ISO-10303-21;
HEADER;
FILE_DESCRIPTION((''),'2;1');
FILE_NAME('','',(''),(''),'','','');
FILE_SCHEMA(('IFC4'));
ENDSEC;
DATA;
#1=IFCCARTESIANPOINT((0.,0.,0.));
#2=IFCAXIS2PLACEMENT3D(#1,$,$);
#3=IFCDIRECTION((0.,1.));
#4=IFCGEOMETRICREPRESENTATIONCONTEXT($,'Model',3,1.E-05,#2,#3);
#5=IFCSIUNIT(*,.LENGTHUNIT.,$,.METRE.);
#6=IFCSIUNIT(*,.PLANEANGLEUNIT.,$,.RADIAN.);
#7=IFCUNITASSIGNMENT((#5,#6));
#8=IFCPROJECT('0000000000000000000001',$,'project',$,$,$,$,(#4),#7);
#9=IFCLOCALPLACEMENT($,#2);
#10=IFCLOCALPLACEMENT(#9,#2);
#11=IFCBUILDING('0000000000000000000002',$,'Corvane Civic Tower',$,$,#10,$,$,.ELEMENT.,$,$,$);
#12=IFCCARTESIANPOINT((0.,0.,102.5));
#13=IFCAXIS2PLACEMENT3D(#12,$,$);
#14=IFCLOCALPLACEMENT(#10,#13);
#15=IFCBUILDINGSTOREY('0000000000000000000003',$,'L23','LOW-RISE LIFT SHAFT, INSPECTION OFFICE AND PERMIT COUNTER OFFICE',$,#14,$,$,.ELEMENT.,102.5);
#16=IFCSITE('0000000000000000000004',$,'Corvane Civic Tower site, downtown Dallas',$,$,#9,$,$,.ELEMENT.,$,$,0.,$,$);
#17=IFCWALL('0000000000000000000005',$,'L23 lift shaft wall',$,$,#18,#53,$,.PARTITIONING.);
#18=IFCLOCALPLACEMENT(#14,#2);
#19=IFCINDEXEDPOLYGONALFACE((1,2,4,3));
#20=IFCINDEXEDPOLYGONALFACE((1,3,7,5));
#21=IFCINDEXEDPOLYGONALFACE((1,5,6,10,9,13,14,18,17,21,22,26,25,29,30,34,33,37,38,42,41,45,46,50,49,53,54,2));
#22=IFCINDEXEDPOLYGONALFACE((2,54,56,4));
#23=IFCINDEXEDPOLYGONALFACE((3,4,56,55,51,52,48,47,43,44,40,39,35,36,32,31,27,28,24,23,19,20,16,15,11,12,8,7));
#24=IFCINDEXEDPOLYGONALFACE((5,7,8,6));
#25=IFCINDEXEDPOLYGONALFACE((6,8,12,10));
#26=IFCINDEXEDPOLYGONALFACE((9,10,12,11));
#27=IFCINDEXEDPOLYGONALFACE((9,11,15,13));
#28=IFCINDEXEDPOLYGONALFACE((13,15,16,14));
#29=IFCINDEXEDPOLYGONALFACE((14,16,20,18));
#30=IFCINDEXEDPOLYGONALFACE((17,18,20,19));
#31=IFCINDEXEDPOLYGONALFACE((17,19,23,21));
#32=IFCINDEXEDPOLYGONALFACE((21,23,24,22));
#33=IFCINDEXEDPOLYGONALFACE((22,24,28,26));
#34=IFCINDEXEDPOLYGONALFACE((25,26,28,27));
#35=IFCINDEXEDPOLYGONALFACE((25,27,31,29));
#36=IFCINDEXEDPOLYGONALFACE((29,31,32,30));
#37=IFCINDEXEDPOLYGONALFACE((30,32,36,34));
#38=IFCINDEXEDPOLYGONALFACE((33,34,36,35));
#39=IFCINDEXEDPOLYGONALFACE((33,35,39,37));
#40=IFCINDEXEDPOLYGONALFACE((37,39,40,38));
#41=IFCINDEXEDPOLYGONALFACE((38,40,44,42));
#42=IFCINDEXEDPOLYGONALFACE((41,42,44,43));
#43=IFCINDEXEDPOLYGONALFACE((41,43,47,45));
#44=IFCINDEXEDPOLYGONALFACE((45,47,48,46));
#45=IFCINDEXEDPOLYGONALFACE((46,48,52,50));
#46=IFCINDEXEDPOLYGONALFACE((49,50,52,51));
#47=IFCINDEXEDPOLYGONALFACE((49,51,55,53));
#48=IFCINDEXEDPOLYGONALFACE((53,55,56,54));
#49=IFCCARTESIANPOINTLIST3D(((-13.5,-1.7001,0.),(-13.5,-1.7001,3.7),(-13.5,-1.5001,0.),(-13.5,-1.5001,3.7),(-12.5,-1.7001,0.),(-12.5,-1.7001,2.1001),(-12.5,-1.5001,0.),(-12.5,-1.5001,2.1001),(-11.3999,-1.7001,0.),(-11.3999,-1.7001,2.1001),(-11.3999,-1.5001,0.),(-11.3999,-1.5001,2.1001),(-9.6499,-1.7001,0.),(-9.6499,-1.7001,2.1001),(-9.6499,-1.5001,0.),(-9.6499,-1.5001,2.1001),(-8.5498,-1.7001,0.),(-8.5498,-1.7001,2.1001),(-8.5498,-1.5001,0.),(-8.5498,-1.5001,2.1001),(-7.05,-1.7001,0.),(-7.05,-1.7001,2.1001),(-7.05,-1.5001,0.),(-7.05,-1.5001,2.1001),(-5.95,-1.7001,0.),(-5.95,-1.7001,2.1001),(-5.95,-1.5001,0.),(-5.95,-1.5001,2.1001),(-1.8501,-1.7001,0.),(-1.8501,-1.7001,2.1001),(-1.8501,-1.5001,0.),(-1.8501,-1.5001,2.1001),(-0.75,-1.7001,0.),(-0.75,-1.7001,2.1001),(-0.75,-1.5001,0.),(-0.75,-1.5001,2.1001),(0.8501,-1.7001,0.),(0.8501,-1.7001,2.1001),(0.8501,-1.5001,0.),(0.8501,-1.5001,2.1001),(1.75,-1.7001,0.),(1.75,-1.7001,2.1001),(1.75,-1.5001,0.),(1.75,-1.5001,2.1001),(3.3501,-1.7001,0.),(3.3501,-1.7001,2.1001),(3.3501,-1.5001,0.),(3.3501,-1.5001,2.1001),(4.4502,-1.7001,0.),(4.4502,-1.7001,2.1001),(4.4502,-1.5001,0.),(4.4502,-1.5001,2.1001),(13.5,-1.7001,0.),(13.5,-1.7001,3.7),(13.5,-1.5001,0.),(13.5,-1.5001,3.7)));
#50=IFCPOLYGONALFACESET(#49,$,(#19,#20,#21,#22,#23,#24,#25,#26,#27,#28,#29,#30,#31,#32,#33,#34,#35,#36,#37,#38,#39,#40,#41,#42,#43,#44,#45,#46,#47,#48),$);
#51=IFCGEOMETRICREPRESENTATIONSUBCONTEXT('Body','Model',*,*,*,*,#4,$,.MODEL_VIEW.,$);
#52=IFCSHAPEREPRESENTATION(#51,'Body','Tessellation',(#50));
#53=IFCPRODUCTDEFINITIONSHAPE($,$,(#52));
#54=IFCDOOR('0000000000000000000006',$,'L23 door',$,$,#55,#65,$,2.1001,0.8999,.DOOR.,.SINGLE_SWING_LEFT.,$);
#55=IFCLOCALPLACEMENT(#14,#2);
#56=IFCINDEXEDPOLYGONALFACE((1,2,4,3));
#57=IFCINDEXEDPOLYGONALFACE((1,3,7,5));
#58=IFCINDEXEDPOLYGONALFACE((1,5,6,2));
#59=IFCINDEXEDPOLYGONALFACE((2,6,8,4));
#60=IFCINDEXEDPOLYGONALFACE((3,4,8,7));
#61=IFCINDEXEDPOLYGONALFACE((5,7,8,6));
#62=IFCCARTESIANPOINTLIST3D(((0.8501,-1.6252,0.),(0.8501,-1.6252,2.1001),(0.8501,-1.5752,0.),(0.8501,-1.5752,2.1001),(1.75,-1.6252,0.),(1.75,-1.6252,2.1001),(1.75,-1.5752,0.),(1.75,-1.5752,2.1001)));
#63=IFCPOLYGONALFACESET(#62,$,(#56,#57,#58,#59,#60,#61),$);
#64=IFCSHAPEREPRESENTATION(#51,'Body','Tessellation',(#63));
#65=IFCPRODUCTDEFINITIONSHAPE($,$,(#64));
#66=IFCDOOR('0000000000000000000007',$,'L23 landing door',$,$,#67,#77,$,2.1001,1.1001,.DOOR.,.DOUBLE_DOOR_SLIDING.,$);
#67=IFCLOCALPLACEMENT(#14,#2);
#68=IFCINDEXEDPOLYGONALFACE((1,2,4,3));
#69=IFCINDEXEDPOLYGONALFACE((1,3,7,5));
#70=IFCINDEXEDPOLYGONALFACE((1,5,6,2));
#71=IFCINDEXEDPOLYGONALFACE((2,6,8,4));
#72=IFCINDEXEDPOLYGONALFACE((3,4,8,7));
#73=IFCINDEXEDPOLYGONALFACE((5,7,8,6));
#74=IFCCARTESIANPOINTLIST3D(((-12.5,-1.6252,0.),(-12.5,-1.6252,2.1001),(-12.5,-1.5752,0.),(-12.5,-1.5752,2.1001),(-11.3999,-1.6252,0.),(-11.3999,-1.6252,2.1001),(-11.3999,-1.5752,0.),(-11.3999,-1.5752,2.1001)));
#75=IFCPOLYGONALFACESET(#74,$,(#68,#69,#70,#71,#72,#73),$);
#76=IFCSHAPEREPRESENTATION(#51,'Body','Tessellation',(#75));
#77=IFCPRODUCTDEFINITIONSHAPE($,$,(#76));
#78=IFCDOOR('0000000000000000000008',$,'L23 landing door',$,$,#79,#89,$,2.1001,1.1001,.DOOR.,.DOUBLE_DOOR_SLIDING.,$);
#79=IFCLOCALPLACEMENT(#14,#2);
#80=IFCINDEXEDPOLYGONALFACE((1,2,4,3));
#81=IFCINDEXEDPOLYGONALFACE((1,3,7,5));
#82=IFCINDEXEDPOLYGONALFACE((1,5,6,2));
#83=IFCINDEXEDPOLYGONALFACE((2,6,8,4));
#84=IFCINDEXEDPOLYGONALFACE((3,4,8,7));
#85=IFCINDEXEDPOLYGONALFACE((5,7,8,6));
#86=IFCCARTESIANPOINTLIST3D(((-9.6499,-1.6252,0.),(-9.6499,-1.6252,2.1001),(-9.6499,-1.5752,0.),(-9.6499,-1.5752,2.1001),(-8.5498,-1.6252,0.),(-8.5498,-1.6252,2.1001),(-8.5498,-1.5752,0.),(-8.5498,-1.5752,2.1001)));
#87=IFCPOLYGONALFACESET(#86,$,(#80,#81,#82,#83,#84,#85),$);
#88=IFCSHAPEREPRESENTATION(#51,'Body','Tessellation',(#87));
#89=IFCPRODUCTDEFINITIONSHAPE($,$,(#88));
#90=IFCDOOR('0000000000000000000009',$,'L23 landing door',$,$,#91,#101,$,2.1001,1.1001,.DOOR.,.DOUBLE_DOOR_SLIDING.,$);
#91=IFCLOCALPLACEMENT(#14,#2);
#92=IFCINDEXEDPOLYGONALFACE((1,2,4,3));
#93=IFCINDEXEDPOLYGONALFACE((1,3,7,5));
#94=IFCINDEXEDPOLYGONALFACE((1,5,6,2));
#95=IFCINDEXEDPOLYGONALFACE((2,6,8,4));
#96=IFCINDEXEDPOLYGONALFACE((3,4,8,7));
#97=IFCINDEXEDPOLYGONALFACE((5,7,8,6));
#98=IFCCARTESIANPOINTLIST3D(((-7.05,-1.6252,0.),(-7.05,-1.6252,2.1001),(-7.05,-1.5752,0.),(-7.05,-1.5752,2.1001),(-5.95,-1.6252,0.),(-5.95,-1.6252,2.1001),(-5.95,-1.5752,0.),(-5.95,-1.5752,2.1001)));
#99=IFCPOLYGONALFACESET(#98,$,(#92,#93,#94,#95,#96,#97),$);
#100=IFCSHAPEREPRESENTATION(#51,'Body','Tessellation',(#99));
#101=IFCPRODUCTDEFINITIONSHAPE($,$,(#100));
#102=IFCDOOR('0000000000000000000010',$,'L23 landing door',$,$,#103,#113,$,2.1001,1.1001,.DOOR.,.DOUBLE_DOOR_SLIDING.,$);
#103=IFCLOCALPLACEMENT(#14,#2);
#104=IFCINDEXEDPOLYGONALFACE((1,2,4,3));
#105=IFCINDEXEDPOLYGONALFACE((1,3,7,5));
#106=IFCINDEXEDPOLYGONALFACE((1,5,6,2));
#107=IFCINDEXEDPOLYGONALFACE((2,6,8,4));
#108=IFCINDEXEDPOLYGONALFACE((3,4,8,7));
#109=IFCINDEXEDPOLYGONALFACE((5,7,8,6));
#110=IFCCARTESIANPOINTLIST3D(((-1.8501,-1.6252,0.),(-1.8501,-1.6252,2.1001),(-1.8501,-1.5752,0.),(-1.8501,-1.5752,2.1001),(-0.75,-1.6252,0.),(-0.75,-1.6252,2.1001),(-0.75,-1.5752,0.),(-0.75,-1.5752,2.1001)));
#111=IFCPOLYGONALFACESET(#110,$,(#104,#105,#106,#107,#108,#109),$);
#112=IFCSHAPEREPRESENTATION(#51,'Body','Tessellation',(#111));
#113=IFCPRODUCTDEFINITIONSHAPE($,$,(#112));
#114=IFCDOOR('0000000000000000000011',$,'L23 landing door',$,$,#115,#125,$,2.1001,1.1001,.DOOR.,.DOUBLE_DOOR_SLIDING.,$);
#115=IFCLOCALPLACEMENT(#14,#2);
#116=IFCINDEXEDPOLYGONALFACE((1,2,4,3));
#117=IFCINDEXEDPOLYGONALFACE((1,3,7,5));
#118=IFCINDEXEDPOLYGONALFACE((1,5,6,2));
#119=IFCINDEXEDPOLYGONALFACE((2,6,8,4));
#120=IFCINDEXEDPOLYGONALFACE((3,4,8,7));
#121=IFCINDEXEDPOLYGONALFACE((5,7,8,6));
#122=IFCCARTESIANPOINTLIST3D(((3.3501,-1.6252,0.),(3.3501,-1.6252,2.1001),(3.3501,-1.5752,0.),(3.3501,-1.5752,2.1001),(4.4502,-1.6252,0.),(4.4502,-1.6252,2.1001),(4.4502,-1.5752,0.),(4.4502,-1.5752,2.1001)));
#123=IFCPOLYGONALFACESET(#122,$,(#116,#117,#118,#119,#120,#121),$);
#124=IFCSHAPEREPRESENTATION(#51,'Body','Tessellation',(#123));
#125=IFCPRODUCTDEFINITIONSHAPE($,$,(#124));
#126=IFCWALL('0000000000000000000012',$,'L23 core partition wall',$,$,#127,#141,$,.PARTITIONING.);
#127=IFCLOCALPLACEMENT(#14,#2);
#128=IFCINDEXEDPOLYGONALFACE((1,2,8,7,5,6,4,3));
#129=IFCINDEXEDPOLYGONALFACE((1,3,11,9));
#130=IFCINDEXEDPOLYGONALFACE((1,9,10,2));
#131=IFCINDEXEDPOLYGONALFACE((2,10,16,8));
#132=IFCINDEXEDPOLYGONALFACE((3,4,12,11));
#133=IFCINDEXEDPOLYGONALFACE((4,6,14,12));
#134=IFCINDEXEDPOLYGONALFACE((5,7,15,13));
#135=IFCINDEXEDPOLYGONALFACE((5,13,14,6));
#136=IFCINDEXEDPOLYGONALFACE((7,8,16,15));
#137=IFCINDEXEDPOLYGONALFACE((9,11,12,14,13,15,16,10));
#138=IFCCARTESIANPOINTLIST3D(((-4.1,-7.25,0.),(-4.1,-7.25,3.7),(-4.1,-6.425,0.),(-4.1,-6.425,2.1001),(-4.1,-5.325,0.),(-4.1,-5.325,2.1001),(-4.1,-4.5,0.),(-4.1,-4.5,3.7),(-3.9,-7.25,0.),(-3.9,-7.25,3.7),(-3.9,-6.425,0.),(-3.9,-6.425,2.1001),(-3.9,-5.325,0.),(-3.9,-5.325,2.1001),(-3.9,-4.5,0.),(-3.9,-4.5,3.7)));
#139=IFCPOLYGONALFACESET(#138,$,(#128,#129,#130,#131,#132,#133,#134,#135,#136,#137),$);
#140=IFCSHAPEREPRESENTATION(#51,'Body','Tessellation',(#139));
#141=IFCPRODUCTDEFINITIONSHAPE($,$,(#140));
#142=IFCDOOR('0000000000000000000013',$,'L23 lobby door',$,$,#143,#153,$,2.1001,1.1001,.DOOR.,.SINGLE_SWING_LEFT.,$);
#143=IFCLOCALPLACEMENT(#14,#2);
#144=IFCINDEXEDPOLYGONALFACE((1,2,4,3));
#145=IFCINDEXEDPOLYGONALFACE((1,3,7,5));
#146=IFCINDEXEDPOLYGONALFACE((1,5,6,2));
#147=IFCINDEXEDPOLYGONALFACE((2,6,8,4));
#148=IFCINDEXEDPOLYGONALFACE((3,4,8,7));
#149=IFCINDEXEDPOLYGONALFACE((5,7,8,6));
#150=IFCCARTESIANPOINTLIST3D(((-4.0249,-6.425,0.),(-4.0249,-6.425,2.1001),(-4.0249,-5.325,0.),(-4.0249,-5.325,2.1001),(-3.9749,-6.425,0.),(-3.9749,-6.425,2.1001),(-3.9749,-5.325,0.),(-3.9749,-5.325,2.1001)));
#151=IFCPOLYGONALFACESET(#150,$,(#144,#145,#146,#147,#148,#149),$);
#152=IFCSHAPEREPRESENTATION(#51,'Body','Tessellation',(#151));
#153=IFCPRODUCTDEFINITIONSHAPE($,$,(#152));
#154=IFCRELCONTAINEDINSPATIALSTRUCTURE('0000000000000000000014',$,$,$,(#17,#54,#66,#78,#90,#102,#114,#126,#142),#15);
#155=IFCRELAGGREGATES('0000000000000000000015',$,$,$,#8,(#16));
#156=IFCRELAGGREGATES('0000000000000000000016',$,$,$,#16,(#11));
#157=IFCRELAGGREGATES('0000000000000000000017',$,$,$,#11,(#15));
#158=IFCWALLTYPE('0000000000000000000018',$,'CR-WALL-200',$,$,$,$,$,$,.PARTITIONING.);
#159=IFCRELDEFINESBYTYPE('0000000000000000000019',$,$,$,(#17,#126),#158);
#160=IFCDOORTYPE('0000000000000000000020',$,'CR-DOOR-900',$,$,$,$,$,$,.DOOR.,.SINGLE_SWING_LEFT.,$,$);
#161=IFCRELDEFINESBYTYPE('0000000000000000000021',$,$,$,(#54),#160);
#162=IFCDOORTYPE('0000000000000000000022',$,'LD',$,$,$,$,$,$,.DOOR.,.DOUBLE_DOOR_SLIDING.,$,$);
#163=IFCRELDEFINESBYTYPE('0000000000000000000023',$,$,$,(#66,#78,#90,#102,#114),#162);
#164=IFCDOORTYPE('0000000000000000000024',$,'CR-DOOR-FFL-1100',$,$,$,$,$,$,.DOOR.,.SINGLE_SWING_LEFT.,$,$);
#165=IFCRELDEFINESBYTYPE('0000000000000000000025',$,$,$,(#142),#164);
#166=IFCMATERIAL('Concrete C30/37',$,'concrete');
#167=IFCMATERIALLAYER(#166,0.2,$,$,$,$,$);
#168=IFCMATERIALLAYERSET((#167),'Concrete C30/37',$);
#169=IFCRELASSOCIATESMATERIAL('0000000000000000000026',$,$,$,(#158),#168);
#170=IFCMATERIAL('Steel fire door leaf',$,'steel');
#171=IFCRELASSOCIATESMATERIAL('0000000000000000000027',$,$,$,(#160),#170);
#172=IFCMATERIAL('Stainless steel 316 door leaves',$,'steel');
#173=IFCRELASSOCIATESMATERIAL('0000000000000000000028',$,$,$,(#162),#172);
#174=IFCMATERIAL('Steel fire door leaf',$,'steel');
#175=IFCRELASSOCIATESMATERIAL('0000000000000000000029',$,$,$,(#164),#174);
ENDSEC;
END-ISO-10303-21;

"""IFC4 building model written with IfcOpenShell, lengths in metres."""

from ifc_helpers import new_model, si_unit, direction, frame, frame_2d, origin, place, context, subcontext, project, spatial, rectangle, extrude, material, layer, layer_set, type_object, element, fill, save


model = new_model("IFC4")

# Units and contexts
model_context = context("Model", 3, precision=1e-05, world=origin(), true_north=direction((0.0, 1.0)))
body_context = subcontext(model_context, "Body", "Model", "MODEL_VIEW")
ifc_project = project(units=[si_unit("LENGTHUNIT", "METRE"), si_unit("PLANEANGLEUNIT", "RADIAN")], contexts=[model_context])

# Site, building, storey
site_placement = place(None, origin())
site = spatial("IfcSite", under=ifc_project, at=site_placement, Name="Corvane Civic Tower site, downtown Dallas", CompositionType="ELEMENT", RefElevation=0.0)
building_placement = place(site_placement, origin())
building = spatial("IfcBuilding", under=site, at=building_placement, Name="Corvane Civic Tower", CompositionType="ELEMENT")
storey_placement = place(building_placement, frame((0.0, 0.0, 102.5)))
storey = spatial("IfcBuildingStorey", under=building, at=storey_placement, Name="L23", Description="LOW-RISE LIFT SHAFT, INSPECTION OFFICE AND PERMIT COUNTER OFFICE", CompositionType="ELEMENT", Elevation=102.5)

# Shared definitions
ifc_material_1 = material(Name="Concrete C30/37", Category="concrete")
ifc_layer_1 = layer(ifc_material_1, 0.2)
ifc_layer_set_1 = layer_set([ifc_layer_1], Name="Concrete C30/37")
wall_type_1 = type_object("IfcWallType", Name="CR-WALL-200", PredefinedType="PARTITIONING", material=ifc_layer_set_1)
ifc_material_2 = material(Name="Steel fire door leaf", Category="steel")
door_type_1 = type_object("IfcDoorType", Name="CR-DOOR-900", OperationType="SINGLE_SWING_LEFT", PredefinedType="DOOR", material=ifc_material_2)

# Wall, openings, doors
wall_1_placement = place(storey_placement, frame((-13.5, -1.6001, 0.0), z_axis=(0.0, 0.0, 1.0), x_axis=(1.0, 0.0, 0.0)))
wall_1 = element("IfcWall", 1, at=wall_1_placement, inside=storey, type_object=wall_type_1, Name="L23 lift shaft wall", PredefinedType="PARTITIONING", context=body_context, shape_type="SweptSolid", body=[
    extrude(rectangle(XDim=27.0, YDim=0.2, at=frame_2d((13.5, 0.0))), origin(), (0.0, 0.0, 1.0), 3.7),
])
opening_1_placement = place(wall_1_placement, frame((1.0, 0.0, 0.0)))
opening_1 = element("IfcOpeningElement", 2, at=opening_1_placement, cuts=wall_1, PredefinedType="OPENING", context=body_context, shape_type="SweptSolid", body=[
    extrude(rectangle(XDim=1.1001, YDim=2.1001, at=frame_2d((0.55, 1.05))), frame((0.0, 0.1099, 0.0), z_axis=(0.0, -1.0, 0.0), x_axis=(1.0, 0.0, 0.0)), (0.0, 0.0, 1.0), 0.22),
])
opening_2_placement = place(wall_1_placement, frame((3.8501, 0.0, 0.0)))
opening_2 = element("IfcOpeningElement", 3, at=opening_2_placement, cuts=wall_1, PredefinedType="OPENING", context=body_context, shape_type="SweptSolid", body=[
    extrude(rectangle(XDim=1.1001, YDim=2.1001, at=frame_2d((0.55, 1.05))), frame((0.0, 0.1099, 0.0), z_axis=(0.0, -1.0, 0.0), x_axis=(1.0, 0.0, 0.0)), (0.0, 0.0, 1.0), 0.22),
])
opening_3_placement = place(wall_1_placement, frame((6.45, 0.0, 0.0)))
opening_3 = element("IfcOpeningElement", 4, at=opening_3_placement, cuts=wall_1, PredefinedType="OPENING", context=body_context, shape_type="SweptSolid", body=[
    extrude(rectangle(XDim=1.1001, YDim=2.1001, at=frame_2d((0.55, 1.05))), frame((0.0, 0.1099, 0.0), z_axis=(0.0, -1.0, 0.0), x_axis=(1.0, 0.0, 0.0)), (0.0, 0.0, 1.0), 0.22),
])
opening_4_placement = place(wall_1_placement, frame((11.6499, 0.0, 0.0)))
opening_4 = element("IfcOpeningElement", 5, at=opening_4_placement, cuts=wall_1, PredefinedType="OPENING", context=body_context, shape_type="SweptSolid", body=[
    extrude(rectangle(XDim=1.1001, YDim=2.1001, at=frame_2d((0.55, 1.05))), frame((0.0, 0.1099, 0.0), z_axis=(0.0, -1.0, 0.0), x_axis=(1.0, 0.0, 0.0)), (0.0, 0.0, 1.0), 0.22),
])
opening_5_placement = place(wall_1_placement, frame((14.3501, 0.0, 0.0)))
opening_5 = element("IfcOpeningElement", 6, at=opening_5_placement, cuts=wall_1, PredefinedType="OPENING", context=body_context, shape_type="SweptSolid", body=[
    extrude(rectangle(XDim=0.8999, YDim=2.1001, at=frame_2d((0.45, 1.05))), frame((0.0, 0.1099, 0.0), z_axis=(0.0, -1.0, 0.0), x_axis=(1.0, 0.0, 0.0)), (0.0, 0.0, 1.0), 0.22),
])
opening_6_placement = place(wall_1_placement, frame((16.8501, 0.0, 0.0)))
opening_6 = element("IfcOpeningElement", 7, at=opening_6_placement, cuts=wall_1, PredefinedType="OPENING", context=body_context, shape_type="SweptSolid", body=[
    extrude(rectangle(XDim=1.1001, YDim=2.1001, at=frame_2d((0.55, 1.05))), frame((0.0, 0.1099, 0.0), z_axis=(0.0, -1.0, 0.0), x_axis=(1.0, 0.0, 0.0)), (0.0, 0.0, 1.0), 0.22),
])
door_1_placement = place(opening_5_placement, origin())
door_1 = element("IfcDoor", 8, at=door_1_placement, inside=storey, type_object=door_type_1, Name="L23 door", OperationType="SINGLE_SWING_LEFT", OverallHeight=2.1001, OverallWidth=0.8999, PredefinedType="DOOR", context=body_context, shape_type="SweptSolid", body=[
    extrude(rectangle(XDim=0.8999, YDim=2.1001, at=frame_2d((0.45, 1.05))), frame((0.0, 0.0249, 0.0), z_axis=(0.0, -1.0, 0.0), x_axis=(1.0, 0.0, 0.0)), (0.0, 0.0, 1.0), 0.05),
])
fill(opening_5, door_1)
ifc_material_3 = material(Name="Stainless steel 316 door leaves", Category="steel")
door_type_2 = type_object("IfcDoorType", Name="LD", OperationType="DOUBLE_DOOR_SLIDING", PredefinedType="DOOR", material=ifc_material_3)
door_2_placement = place(opening_1_placement, origin())
door_2 = element("IfcDoor", 9, at=door_2_placement, inside=storey, type_object=door_type_2, Name="L23 landing door", OperationType="DOUBLE_DOOR_SLIDING", OverallHeight=2.1001, OverallWidth=1.1001, PredefinedType="DOOR", context=body_context, shape_type="SweptSolid", body=[
    extrude(rectangle(XDim=1.1001, YDim=2.1001, at=frame_2d((0.55, 1.05))), frame((0.0, 0.0249, 0.0), z_axis=(0.0, -1.0, 0.0), x_axis=(1.0, 0.0, 0.0)), (0.0, 0.0, 1.0), 0.05),
])
fill(opening_1, door_2)
door_3_placement = place(opening_2_placement, origin())
door_3 = element("IfcDoor", 10, at=door_3_placement, inside=storey, type_object=door_type_2, Name="L23 landing door", OperationType="DOUBLE_DOOR_SLIDING", OverallHeight=2.1001, OverallWidth=1.1001, PredefinedType="DOOR", context=body_context, shape_type="SweptSolid", body=[
    extrude(rectangle(XDim=1.1001, YDim=2.1001, at=frame_2d((0.55, 1.05))), frame((0.0, 0.0249, 0.0), z_axis=(0.0, -1.0, 0.0), x_axis=(1.0, 0.0, 0.0)), (0.0, 0.0, 1.0), 0.05),
])
fill(opening_2, door_3)
door_4_placement = place(opening_3_placement, origin())
door_4 = element("IfcDoor", 11, at=door_4_placement, inside=storey, type_object=door_type_2, Name="L23 landing door", OperationType="DOUBLE_DOOR_SLIDING", OverallHeight=2.1001, OverallWidth=1.1001, PredefinedType="DOOR", context=body_context, shape_type="SweptSolid", body=[
    extrude(rectangle(XDim=1.1001, YDim=2.1001, at=frame_2d((0.55, 1.05))), frame((0.0, 0.0249, 0.0), z_axis=(0.0, -1.0, 0.0), x_axis=(1.0, 0.0, 0.0)), (0.0, 0.0, 1.0), 0.05),
])
fill(opening_3, door_4)
door_5_placement = place(opening_4_placement, origin())
door_5 = element("IfcDoor", 12, at=door_5_placement, inside=storey, type_object=door_type_2, Name="L23 landing door", OperationType="DOUBLE_DOOR_SLIDING", OverallHeight=2.1001, OverallWidth=1.1001, PredefinedType="DOOR", context=body_context, shape_type="SweptSolid", body=[
    extrude(rectangle(XDim=1.1001, YDim=2.1001, at=frame_2d((0.55, 1.05))), frame((0.0, 0.0249, 0.0), z_axis=(0.0, -1.0, 0.0), x_axis=(1.0, 0.0, 0.0)), (0.0, 0.0, 1.0), 0.05),
])
fill(opening_4, door_5)
door_6_placement = place(opening_6_placement, origin())
door_6 = element("IfcDoor", 13, at=door_6_placement, inside=storey, type_object=door_type_2, Name="L23 landing door", OperationType="DOUBLE_DOOR_SLIDING", OverallHeight=2.1001, OverallWidth=1.1001, PredefinedType="DOOR", context=body_context, shape_type="SweptSolid", body=[
    extrude(rectangle(XDim=1.1001, YDim=2.1001, at=frame_2d((0.55, 1.05))), frame((0.0, 0.0249, 0.0), z_axis=(0.0, -1.0, 0.0), x_axis=(1.0, 0.0, 0.0)), (0.0, 0.0, 1.0), 0.05),
])
fill(opening_6, door_6)

# Wall, opening, door
wall_2_placement = place(storey_placement, frame((-4.0, -7.25, 0.0), z_axis=(0.0, 0.0, 1.0), x_axis=(0.0, 1.0, 0.0)))
wall_2 = element("IfcWall", 14, at=wall_2_placement, inside=storey, type_object=wall_type_1, Name="L23 core partition wall", PredefinedType="PARTITIONING", context=body_context, shape_type="SweptSolid", body=[
    extrude(rectangle(XDim=2.75, YDim=0.2, at=frame_2d((1.375, 0.0))), origin(), (0.0, 0.0, 1.0), 3.7),
])
opening_7_placement = place(wall_2_placement, frame((0.825, 0.0, 0.0)))
opening_7 = element("IfcOpeningElement", 15, at=opening_7_placement, cuts=wall_2, PredefinedType="OPENING", context=body_context, shape_type="SweptSolid", body=[
    extrude(rectangle(XDim=1.1001, YDim=2.1001, at=frame_2d((0.55, 1.05))), frame((0.0, 0.1099, 0.0), z_axis=(0.0, -1.0, 0.0), x_axis=(1.0, 0.0, 0.0)), (0.0, 0.0, 1.0), 0.22),
])
ifc_material_4 = material(Name="Steel fire door leaf", Category="steel")
door_type_3 = type_object("IfcDoorType", Name="CR-DOOR-FFL-1100", OperationType="SINGLE_SWING_LEFT", PredefinedType="DOOR", material=ifc_material_4)
door_7_placement = place(opening_7_placement, origin())
door_7 = element("IfcDoor", 16, at=door_7_placement, inside=storey, type_object=door_type_3, Name="L23 lobby door", OperationType="SINGLE_SWING_LEFT", OverallHeight=2.1001, OverallWidth=1.1001, PredefinedType="DOOR", context=body_context, shape_type="SweptSolid", body=[
    extrude(rectangle(XDim=1.1001, YDim=2.1001, at=frame_2d((0.55, 1.05))), frame((0.0, 0.0249, 0.0), z_axis=(0.0, -1.0, 0.0), x_axis=(1.0, 0.0, 0.0)), (0.0, 0.0, 1.0), 0.05),
])
fill(opening_7, door_7)

save(model, "model.ifc")
